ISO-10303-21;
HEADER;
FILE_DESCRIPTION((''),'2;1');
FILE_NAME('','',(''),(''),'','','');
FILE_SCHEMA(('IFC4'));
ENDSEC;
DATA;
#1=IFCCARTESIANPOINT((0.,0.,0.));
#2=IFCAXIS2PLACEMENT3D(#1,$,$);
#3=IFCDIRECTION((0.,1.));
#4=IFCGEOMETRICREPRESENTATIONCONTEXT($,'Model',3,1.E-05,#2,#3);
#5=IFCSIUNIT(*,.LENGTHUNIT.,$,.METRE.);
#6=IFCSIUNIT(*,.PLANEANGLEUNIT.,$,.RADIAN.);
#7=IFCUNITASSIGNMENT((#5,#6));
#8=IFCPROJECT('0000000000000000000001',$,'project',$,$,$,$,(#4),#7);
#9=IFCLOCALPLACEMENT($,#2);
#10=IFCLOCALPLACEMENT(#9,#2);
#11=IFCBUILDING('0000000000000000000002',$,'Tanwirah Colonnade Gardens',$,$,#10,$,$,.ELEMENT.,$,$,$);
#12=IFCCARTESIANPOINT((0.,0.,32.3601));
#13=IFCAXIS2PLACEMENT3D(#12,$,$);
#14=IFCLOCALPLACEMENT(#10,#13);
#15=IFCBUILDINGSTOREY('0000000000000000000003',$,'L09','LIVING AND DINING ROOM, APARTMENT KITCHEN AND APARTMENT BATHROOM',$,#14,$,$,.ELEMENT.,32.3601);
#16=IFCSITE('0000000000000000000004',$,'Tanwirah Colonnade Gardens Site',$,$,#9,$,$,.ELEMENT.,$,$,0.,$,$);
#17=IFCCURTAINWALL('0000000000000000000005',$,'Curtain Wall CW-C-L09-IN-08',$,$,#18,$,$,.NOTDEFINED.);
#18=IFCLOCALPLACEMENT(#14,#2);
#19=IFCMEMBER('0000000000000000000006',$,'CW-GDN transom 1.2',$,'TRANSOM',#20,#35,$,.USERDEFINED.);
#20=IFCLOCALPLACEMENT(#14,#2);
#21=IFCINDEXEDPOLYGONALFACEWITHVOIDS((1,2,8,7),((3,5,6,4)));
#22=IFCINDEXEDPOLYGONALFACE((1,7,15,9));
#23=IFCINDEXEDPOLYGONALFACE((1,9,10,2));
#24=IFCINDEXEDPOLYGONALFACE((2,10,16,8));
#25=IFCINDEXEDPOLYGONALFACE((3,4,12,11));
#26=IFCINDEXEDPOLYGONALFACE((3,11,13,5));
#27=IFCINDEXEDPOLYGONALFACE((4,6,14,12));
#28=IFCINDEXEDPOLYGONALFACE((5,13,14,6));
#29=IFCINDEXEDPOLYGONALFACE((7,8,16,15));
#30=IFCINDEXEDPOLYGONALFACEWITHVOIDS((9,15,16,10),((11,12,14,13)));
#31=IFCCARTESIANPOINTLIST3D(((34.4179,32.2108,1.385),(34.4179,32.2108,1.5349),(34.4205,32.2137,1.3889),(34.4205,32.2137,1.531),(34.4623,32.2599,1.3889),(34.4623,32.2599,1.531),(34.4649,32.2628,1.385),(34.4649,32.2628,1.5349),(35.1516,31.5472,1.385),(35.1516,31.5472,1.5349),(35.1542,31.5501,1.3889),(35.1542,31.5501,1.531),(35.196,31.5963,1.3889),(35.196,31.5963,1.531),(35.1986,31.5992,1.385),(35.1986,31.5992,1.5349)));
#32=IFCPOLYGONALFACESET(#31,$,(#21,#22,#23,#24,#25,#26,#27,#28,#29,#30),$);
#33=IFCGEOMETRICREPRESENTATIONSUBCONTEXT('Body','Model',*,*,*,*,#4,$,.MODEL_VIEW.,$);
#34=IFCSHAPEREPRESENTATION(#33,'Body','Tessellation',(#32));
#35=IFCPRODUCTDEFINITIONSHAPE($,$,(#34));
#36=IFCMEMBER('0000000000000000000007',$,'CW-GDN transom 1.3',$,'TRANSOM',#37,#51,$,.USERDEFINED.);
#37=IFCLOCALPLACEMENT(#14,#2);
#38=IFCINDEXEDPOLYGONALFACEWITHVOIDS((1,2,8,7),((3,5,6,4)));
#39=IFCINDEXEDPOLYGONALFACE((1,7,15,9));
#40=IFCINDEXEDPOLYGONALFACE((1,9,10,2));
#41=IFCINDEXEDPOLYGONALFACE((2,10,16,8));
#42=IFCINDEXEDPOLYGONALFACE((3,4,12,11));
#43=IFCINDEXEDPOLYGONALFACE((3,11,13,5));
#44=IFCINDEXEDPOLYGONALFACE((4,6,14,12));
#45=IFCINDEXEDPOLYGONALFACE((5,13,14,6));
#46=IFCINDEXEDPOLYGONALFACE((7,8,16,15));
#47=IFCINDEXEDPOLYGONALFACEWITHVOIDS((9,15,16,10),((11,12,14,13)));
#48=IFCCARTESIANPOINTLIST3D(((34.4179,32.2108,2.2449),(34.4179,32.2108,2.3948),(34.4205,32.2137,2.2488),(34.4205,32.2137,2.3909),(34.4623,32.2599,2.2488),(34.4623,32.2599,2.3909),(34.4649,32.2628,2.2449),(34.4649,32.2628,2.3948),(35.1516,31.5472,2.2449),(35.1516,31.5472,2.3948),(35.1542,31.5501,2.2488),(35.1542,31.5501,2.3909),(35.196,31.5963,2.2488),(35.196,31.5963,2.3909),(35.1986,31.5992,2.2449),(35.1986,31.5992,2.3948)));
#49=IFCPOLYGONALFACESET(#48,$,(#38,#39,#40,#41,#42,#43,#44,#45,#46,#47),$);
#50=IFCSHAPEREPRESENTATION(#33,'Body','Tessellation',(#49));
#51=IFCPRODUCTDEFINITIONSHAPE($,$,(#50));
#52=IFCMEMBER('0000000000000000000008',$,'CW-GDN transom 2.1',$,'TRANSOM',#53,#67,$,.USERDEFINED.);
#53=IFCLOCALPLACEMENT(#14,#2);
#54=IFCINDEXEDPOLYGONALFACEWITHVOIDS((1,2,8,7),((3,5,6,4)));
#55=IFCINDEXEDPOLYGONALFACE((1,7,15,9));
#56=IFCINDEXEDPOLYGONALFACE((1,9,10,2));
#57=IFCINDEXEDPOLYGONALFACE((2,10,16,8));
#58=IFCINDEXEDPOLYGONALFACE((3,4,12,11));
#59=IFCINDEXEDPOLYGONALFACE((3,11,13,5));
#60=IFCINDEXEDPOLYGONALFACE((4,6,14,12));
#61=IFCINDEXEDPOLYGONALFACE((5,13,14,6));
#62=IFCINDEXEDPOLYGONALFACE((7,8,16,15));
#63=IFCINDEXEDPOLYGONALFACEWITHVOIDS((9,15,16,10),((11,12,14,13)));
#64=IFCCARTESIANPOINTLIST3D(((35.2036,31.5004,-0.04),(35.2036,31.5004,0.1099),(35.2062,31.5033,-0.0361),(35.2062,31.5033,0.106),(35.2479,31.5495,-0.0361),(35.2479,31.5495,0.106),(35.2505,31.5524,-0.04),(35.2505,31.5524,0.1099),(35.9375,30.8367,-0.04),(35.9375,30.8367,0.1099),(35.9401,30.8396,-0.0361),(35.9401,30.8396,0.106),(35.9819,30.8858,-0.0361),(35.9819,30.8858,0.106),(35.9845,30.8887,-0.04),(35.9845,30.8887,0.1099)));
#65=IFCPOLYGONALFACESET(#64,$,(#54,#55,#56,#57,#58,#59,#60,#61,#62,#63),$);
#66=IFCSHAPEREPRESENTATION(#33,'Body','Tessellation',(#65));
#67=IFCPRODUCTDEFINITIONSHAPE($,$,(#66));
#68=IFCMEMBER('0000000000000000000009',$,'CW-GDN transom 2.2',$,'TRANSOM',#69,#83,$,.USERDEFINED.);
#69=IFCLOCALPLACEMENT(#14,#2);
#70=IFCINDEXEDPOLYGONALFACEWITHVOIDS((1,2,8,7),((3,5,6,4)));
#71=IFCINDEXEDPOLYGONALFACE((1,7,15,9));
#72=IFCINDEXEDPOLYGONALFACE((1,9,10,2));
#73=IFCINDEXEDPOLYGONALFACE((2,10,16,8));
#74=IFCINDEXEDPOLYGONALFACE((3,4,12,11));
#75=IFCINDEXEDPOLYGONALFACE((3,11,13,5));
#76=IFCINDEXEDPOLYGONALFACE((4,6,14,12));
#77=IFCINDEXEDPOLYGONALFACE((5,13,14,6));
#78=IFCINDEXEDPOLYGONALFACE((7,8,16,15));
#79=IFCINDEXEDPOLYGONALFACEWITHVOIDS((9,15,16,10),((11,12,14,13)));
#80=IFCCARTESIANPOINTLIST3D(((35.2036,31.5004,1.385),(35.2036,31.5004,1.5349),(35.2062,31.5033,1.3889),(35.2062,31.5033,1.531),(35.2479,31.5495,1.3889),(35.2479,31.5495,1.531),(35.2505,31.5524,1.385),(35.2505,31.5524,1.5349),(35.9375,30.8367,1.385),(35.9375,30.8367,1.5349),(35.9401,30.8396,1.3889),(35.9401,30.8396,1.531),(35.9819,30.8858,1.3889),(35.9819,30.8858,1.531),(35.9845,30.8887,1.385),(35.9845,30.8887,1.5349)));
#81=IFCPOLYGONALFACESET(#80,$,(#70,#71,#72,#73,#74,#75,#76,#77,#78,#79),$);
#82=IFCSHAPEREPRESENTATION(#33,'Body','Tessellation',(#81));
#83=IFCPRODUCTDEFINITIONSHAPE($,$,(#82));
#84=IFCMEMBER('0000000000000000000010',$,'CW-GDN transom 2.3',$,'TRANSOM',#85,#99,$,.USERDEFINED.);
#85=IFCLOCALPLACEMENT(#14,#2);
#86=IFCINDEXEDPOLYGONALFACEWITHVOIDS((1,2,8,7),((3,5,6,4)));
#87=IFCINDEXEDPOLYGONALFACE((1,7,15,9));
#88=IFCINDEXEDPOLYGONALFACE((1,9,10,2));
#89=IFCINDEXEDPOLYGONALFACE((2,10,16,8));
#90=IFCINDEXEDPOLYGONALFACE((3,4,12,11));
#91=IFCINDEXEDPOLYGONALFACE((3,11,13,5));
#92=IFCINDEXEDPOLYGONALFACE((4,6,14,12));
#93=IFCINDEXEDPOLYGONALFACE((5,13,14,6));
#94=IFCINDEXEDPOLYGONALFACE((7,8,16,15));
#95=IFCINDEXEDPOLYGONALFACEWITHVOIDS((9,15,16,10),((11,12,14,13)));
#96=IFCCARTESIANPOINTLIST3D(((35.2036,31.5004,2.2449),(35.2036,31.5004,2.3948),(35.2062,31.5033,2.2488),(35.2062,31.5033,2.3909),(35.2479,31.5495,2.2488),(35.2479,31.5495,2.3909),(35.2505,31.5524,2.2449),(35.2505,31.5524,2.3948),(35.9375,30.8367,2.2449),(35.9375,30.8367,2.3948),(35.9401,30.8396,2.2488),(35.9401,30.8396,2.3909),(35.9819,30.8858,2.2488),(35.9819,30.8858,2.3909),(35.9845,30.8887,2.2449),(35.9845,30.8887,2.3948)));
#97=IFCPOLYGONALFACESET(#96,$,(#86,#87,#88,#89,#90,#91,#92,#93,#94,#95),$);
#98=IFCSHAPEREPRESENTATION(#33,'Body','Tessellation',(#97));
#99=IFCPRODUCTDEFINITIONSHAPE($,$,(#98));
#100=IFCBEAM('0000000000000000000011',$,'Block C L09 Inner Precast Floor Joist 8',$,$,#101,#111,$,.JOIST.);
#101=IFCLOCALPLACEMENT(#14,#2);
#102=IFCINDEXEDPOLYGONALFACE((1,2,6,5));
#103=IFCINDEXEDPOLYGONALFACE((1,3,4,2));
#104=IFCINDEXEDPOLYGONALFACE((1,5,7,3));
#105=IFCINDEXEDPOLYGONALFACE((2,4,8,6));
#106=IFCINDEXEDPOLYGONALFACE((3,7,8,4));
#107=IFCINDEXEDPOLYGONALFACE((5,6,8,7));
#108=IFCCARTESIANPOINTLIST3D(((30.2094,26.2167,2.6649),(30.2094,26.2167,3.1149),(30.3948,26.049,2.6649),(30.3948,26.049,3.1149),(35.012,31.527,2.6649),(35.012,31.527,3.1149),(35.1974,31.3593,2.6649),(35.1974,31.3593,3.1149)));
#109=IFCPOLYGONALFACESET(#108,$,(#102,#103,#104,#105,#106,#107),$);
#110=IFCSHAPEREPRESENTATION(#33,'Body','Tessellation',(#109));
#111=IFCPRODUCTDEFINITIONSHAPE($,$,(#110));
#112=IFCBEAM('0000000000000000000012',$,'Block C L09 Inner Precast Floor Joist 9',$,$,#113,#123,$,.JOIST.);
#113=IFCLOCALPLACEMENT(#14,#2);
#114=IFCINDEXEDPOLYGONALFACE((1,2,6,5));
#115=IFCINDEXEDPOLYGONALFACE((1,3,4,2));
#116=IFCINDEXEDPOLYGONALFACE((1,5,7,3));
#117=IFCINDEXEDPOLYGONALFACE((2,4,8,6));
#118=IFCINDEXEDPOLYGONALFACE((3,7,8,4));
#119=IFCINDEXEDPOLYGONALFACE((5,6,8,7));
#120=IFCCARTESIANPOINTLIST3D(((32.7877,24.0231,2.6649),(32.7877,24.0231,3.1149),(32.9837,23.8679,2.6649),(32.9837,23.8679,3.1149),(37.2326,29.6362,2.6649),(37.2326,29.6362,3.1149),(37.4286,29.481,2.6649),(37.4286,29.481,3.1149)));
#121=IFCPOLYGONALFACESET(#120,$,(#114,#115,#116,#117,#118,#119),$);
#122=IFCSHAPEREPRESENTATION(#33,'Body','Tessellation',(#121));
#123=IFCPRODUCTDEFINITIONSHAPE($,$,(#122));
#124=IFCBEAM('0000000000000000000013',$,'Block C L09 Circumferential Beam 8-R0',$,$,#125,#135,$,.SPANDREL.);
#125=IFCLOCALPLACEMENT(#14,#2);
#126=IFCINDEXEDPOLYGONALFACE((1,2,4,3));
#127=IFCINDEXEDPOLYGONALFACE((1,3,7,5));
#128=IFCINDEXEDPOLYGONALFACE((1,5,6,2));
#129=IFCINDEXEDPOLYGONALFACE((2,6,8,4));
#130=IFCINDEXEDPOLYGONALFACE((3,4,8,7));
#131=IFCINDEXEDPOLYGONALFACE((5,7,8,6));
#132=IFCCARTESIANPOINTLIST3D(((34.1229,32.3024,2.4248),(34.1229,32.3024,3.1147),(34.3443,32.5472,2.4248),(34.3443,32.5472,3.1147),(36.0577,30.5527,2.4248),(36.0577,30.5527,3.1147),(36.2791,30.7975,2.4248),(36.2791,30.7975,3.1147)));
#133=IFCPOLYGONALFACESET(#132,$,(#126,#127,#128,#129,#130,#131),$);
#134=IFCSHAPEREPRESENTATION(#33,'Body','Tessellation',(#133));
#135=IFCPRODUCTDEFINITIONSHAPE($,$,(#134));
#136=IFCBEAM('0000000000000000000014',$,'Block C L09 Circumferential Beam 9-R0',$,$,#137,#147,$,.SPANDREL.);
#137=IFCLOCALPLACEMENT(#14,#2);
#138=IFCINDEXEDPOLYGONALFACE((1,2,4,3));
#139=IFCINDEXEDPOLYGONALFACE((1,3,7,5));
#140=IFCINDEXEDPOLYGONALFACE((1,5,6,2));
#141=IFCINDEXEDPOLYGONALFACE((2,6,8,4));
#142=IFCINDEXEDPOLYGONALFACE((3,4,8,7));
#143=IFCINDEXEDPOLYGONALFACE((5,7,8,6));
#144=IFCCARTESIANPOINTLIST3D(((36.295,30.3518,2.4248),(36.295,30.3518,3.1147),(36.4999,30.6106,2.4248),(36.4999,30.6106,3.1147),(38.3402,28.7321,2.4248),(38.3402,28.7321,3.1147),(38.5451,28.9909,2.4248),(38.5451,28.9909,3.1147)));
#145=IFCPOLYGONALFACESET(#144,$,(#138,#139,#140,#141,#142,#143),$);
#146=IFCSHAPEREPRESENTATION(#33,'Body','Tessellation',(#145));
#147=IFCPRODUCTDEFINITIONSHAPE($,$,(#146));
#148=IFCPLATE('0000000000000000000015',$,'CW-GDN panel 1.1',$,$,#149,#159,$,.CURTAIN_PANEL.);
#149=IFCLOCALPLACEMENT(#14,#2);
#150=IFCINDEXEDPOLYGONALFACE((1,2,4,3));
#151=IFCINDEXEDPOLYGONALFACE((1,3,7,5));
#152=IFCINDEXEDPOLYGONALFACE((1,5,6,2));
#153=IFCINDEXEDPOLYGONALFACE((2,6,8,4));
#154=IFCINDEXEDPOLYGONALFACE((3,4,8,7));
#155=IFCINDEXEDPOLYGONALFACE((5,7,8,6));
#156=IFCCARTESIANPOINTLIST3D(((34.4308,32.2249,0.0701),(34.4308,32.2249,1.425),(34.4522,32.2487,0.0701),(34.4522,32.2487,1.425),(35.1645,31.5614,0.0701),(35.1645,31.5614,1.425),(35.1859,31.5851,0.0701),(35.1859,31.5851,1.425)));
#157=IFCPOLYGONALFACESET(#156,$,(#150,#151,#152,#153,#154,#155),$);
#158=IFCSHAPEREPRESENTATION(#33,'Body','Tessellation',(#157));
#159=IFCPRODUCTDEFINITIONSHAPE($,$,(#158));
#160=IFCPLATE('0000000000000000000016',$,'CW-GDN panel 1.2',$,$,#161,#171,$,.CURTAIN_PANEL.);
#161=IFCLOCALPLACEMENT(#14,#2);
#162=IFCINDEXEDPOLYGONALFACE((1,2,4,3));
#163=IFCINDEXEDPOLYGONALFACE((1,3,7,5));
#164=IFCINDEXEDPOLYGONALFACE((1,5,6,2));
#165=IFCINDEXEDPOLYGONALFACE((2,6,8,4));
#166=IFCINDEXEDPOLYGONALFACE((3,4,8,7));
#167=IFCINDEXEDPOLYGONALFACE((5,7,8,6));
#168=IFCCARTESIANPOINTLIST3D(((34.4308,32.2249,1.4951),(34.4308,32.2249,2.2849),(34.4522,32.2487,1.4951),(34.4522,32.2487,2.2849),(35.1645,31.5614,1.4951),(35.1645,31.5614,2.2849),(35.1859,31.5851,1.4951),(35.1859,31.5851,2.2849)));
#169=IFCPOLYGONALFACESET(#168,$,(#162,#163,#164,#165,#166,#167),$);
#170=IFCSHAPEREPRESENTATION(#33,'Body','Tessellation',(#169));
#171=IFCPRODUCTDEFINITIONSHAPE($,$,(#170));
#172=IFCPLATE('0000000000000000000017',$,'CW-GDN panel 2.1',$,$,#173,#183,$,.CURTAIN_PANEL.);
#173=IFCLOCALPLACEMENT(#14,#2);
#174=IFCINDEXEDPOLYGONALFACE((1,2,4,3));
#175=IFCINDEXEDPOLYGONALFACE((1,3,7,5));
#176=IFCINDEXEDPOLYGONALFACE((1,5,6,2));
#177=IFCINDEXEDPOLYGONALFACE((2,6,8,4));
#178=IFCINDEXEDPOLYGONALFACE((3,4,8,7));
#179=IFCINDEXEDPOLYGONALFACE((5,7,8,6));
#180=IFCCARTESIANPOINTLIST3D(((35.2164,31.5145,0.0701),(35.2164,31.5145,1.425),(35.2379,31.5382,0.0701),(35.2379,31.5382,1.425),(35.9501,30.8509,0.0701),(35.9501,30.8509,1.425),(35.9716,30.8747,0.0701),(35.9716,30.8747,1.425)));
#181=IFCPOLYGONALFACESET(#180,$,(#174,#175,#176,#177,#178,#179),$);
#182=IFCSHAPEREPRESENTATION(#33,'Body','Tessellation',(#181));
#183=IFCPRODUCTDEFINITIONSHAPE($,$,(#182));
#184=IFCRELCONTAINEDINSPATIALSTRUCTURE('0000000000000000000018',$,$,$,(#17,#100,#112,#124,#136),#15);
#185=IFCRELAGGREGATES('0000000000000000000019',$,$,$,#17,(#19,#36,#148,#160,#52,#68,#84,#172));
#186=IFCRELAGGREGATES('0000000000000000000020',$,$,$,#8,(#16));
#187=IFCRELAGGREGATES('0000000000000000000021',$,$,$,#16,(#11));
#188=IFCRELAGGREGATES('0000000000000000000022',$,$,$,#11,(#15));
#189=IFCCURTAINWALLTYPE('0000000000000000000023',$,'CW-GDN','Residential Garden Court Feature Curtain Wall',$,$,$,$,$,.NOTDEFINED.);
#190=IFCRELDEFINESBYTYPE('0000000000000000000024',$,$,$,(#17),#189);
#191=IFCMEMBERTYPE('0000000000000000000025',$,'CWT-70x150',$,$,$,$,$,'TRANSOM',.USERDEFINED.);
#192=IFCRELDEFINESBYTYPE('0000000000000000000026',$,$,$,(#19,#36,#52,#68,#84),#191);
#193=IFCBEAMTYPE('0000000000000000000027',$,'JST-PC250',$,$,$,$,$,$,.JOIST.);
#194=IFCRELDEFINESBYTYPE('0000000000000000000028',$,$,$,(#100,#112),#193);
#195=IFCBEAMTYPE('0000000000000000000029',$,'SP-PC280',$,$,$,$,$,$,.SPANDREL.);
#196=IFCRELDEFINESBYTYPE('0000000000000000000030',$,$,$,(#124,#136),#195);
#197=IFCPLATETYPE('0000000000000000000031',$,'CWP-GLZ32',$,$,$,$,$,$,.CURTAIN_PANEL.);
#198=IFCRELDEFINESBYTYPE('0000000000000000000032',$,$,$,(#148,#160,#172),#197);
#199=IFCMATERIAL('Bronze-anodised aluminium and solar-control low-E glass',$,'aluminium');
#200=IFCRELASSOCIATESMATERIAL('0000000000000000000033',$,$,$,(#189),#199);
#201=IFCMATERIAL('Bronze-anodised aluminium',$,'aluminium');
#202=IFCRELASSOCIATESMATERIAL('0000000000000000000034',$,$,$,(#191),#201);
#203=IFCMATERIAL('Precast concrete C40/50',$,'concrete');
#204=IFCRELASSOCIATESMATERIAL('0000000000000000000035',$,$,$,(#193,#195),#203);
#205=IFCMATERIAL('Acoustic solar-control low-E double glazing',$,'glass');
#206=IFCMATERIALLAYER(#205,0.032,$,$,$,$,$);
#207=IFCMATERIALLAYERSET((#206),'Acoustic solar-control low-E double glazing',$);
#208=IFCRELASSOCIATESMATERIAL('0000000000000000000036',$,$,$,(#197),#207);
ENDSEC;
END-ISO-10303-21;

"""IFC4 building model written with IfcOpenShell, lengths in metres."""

from ifc_helpers import new_model, si_unit, direction, frame, origin, origin_2d, place, context, subcontext, project, spatial, rectangle, hollow_rectangle, extrude, material, layer, layer_set, material_profile, profile_set, type_object, element, aggregate, save


model = new_model("IFC4")

# Units and contexts
model_context = context("Model", 3, precision=1e-05, world=origin(), true_north=direction((0.0, 1.0)))
body_context = subcontext(model_context, "Body", "Model", "MODEL_VIEW")
ifc_project = project(units=[si_unit("LENGTHUNIT", "METRE"), si_unit("PLANEANGLEUNIT", "RADIAN")], contexts=[model_context])

# Site, building, storey
site_placement = place(None, origin())
site = spatial("IfcSite", under=ifc_project, at=site_placement, Name="Tanwirah Colonnade Gardens Site", CompositionType="ELEMENT", RefElevation=0.0)
building_placement = place(site_placement, origin())
building = spatial("IfcBuilding", under=site, at=building_placement, Name="Tanwirah Colonnade Gardens", CompositionType="ELEMENT")
storey_placement = place(building_placement, frame((0.0, 0.0, 32.3601)))
storey = spatial("IfcBuildingStorey", under=building, at=storey_placement, Name="L09", Description="LIVING AND DINING ROOM, APARTMENT KITCHEN AND APARTMENT BATHROOM", CompositionType="ELEMENT", Elevation=32.3601)

# Shared definitions
ifc_material_1 = material(Name="Precast concrete C40/50", Category="concrete")

# Curtain wall, members
ifc_material_2 = material(Name="Bronze-anodised aluminium and solar-control low-E glass", Category="aluminium")
curtain_wall_type = type_object("IfcCurtainWallType", Name="CW-GDN", Description="Residential Garden Court Feature Curtain Wall", PredefinedType="NOTDEFINED", material=ifc_material_2)
curtain_wall_placement = place(storey_placement, origin())
curtain_wall = element("IfcCurtainWall", 1, at=curtain_wall_placement, inside=storey, type_object=curtain_wall_type, Name="Curtain Wall CW-C-L09-IN-08", PredefinedType="NOTDEFINED")
ifc_material_3 = material(Name="Bronze-anodised aluminium", Category="aluminium")
ifc_material_profile_1 = material_profile(ifc_material_3, hollow_rectangle(XDim=0.0701, YDim=0.1499, WallThickness=0.0039, at=origin_2d()), Name="CW-TRN 70x150x4")
ifc_profile_set_1 = profile_set([ifc_material_profile_1], Name="Bronze-anodised aluminium")
member_type_1 = type_object("IfcMemberType", Name="CWT-70x150", ElementType="TRANSOM", PredefinedType="USERDEFINED", material=ifc_profile_set_1)
member_1_placement = place(storey_placement, frame((34.4414, 32.2368, 1.46), z_axis=(0.741635, -0.670803, 0.0), x_axis=(0.670803, 0.741635, 0.0)))
member_1 = element("IfcMember", 2, at=member_1_placement, type_object=member_type_1, Name="CW-GDN transom 1.2", ObjectType="TRANSOM", PredefinedType="USERDEFINED", context=body_context, shape_type="SweptSolid", body=[
    extrude(hollow_rectangle(XDim=0.0701, YDim=0.1499, WallThickness=0.0039, at=origin_2d()), origin(), (0.0, 0.0, 1.0), 0.9893),
])
member_2_placement = place(storey_placement, frame((34.4414, 32.2368, 2.3198), z_axis=(0.741635, -0.670803, 0.0), x_axis=(0.670803, 0.741635, 0.0)))
member_2 = element("IfcMember", 3, at=member_2_placement, type_object=member_type_1, Name="CW-GDN transom 1.3", ObjectType="TRANSOM", PredefinedType="USERDEFINED", context=body_context, shape_type="SweptSolid", body=[
    extrude(hollow_rectangle(XDim=0.0701, YDim=0.1499, WallThickness=0.0039, at=origin_2d()), origin(), (0.0, 0.0, 1.0), 0.9893),
])
member_3_placement = place(storey_placement, frame((35.2271, 31.5264, 0.0349), z_axis=(0.741746, -0.670681, 0.0), x_axis=(0.670681, 0.741746, 0.0)))
member_3 = element("IfcMember", 4, at=member_3_placement, type_object=member_type_1, Name="CW-GDN transom 2.1", ObjectType="TRANSOM", PredefinedType="USERDEFINED", context=body_context, shape_type="SweptSolid", body=[
    extrude(hollow_rectangle(XDim=0.0701, YDim=0.1499, WallThickness=0.0039, at=origin_2d()), origin(), (0.0, 0.0, 1.0), 0.9895),
])
member_4_placement = place(storey_placement, frame((35.2271, 31.5264, 1.46), z_axis=(0.741746, -0.670681, 0.0), x_axis=(0.670681, 0.741746, 0.0)))
member_4 = element("IfcMember", 5, at=member_4_placement, type_object=member_type_1, Name="CW-GDN transom 2.2", ObjectType="TRANSOM", PredefinedType="USERDEFINED", context=body_context, shape_type="SweptSolid", body=[
    extrude(hollow_rectangle(XDim=0.0701, YDim=0.1499, WallThickness=0.0039, at=origin_2d()), origin(), (0.0, 0.0, 1.0), 0.9895),
])
member_5_placement = place(storey_placement, frame((35.2271, 31.5264, 2.3198), z_axis=(0.741746, -0.670681, 0.0), x_axis=(0.670681, 0.741746, 0.0)))
member_5 = element("IfcMember", 6, at=member_5_placement, type_object=member_type_1, Name="CW-GDN transom 2.3", ObjectType="TRANSOM", PredefinedType="USERDEFINED", context=body_context, shape_type="SweptSolid", body=[
    extrude(hollow_rectangle(XDim=0.0701, YDim=0.1499, WallThickness=0.0039, at=origin_2d()), origin(), (0.0, 0.0, 1.0), 0.9895),
])

# Beams
ifc_material_profile_2 = material_profile(ifc_material_1, rectangle(XDim=0.25, YDim=0.45, at=origin_2d()), Name="PC-JST 250x450")
ifc_profile_set_2 = profile_set([ifc_material_profile_2], Name="Precast concrete C40/50")
beam_type_1 = type_object("IfcBeamType", Name="JST-PC250", PredefinedType="JOIST", material=ifc_profile_set_2)
for number, where, z_axis, x_axis, name in (
    (7, (35.1047, 31.4431, 2.8899), (-0.670773, -0.741663, 0.0), (0.741663, -0.670773, 0.0), "Block C L09 Inner Precast Floor Joist 8"),
    (8, (37.3306, 29.5586, 2.8899), (-0.620803, -0.783966, 0.0), (0.783966, -0.620803, 0.0), "Block C L09 Inner Precast Floor Joist 9"),
):
    element("IfcBeam", number, at=place(storey_placement, frame(where, z_axis=z_axis, x_axis=x_axis)), inside=storey, type_object=beam_type_1, Name=name, PredefinedType="JOIST", context=body_context, shape_type="SweptSolid", body=[
        extrude(rectangle(XDim=0.25, YDim=0.45, at=origin_2d()), origin(), (0.0, 0.0, 1.0), 7.1599),
    ])
ifc_material_profile_3 = material_profile(ifc_material_1, rectangle(XDim=0.3301, YDim=0.6899, at=origin_2d()), Name="PC-SP 330x690")
ifc_profile_set_3 = profile_set([ifc_material_profile_3], Name="Precast concrete C40/50")
beam_type_2 = type_object("IfcBeamType", Name="SP-PC280", PredefinedType="SPANDREL", material=ifc_profile_set_3)
beam_1_placement = place(storey_placement, frame((34.2336, 32.4248, 2.7698), z_axis=(0.741687, -0.670747, 0.0), x_axis=(0.670747, 0.741687, 0.0)))
element("IfcBeam", 9, at=beam_1_placement, inside=storey, type_object=beam_type_2, Name="Block C L09 Circumferential Beam 8-R0", PredefinedType="SPANDREL", context=body_context, shape_type="SweptSolid", body=[
    extrude(rectangle(XDim=0.3301, YDim=0.6899, at=origin_2d()), origin(), (0.0, 0.0, 1.0), 2.6086),
])
beam_2_placement = place(storey_placement, frame((36.3975, 30.4812, 2.7698), z_axis=(0.783945, -0.62083, 0.0), x_axis=(0.62083, 0.783945, 0.0)))
element("IfcBeam", 10, at=beam_2_placement, inside=storey, type_object=beam_type_2, Name="Block C L09 Circumferential Beam 9-R0", PredefinedType="SPANDREL", context=body_context, shape_type="SweptSolid", body=[
    extrude(rectangle(XDim=0.3301, YDim=0.6899, at=origin_2d()), origin(), (0.0, 0.0, 1.0), 2.6089),
])

# Plates
ifc_material_4 = material(Name="Acoustic solar-control low-E double glazing", Category="glass")
ifc_layer_1 = layer(ifc_material_4, 0.032)
ifc_layer_set_1 = layer_set([ifc_layer_1], Name="Acoustic solar-control low-E double glazing")
plate_type = type_object("IfcPlateType", Name="CWP-GLZ32", PredefinedType="CURTAIN_PANEL", material=ifc_layer_set_1)
plate_1_placement = place(storey_placement, frame((34.8083, 31.905, 0.0701), z_axis=(0.0, 0.0, 1.0), x_axis=(0.741683, -0.670751, 0.0)))
plate_1 = element("IfcPlate", 11, at=plate_1_placement, type_object=plate_type, Name="CW-GDN panel 1.1", PredefinedType="CURTAIN_PANEL", context=body_context, shape_type="SweptSolid", body=[
    extrude(rectangle(XDim=0.9893, YDim=0.032, at=origin_2d()), origin(), (0.0, 0.0, 1.0), 1.355),
])
plate_2_placement = place(storey_placement, frame((34.8083, 31.905, 1.4951), z_axis=(0.0, 0.0, 1.0), x_axis=(0.741683, -0.670751, 0.0)))
plate_2 = element("IfcPlate", 12, at=plate_2_placement, type_object=plate_type, Name="CW-GDN panel 1.2", PredefinedType="CURTAIN_PANEL", context=body_context, shape_type="SweptSolid", body=[
    extrude(rectangle(XDim=0.9893, YDim=0.032, at=origin_2d()), origin(), (0.0, 0.0, 1.0), 0.7898),
])
plate_3_placement = place(storey_placement, frame((35.594, 31.1946, 0.0701), z_axis=(0.0, 0.0, 1.0), x_axis=(0.741683, -0.670751, 0.0)))
plate_3 = element("IfcPlate", 13, at=plate_3_placement, type_object=plate_type, Name="CW-GDN panel 2.1", PredefinedType="CURTAIN_PANEL", context=body_context, shape_type="SweptSolid", body=[
    extrude(rectangle(XDim=0.9893, YDim=0.032, at=origin_2d()), origin(), (0.0, 0.0, 1.0), 1.355),
])
aggregate(curtain_wall, [member_1, member_2, plate_1, plate_2, member_3, member_4, member_5, plate_3])

save(model, "model.ifc")
